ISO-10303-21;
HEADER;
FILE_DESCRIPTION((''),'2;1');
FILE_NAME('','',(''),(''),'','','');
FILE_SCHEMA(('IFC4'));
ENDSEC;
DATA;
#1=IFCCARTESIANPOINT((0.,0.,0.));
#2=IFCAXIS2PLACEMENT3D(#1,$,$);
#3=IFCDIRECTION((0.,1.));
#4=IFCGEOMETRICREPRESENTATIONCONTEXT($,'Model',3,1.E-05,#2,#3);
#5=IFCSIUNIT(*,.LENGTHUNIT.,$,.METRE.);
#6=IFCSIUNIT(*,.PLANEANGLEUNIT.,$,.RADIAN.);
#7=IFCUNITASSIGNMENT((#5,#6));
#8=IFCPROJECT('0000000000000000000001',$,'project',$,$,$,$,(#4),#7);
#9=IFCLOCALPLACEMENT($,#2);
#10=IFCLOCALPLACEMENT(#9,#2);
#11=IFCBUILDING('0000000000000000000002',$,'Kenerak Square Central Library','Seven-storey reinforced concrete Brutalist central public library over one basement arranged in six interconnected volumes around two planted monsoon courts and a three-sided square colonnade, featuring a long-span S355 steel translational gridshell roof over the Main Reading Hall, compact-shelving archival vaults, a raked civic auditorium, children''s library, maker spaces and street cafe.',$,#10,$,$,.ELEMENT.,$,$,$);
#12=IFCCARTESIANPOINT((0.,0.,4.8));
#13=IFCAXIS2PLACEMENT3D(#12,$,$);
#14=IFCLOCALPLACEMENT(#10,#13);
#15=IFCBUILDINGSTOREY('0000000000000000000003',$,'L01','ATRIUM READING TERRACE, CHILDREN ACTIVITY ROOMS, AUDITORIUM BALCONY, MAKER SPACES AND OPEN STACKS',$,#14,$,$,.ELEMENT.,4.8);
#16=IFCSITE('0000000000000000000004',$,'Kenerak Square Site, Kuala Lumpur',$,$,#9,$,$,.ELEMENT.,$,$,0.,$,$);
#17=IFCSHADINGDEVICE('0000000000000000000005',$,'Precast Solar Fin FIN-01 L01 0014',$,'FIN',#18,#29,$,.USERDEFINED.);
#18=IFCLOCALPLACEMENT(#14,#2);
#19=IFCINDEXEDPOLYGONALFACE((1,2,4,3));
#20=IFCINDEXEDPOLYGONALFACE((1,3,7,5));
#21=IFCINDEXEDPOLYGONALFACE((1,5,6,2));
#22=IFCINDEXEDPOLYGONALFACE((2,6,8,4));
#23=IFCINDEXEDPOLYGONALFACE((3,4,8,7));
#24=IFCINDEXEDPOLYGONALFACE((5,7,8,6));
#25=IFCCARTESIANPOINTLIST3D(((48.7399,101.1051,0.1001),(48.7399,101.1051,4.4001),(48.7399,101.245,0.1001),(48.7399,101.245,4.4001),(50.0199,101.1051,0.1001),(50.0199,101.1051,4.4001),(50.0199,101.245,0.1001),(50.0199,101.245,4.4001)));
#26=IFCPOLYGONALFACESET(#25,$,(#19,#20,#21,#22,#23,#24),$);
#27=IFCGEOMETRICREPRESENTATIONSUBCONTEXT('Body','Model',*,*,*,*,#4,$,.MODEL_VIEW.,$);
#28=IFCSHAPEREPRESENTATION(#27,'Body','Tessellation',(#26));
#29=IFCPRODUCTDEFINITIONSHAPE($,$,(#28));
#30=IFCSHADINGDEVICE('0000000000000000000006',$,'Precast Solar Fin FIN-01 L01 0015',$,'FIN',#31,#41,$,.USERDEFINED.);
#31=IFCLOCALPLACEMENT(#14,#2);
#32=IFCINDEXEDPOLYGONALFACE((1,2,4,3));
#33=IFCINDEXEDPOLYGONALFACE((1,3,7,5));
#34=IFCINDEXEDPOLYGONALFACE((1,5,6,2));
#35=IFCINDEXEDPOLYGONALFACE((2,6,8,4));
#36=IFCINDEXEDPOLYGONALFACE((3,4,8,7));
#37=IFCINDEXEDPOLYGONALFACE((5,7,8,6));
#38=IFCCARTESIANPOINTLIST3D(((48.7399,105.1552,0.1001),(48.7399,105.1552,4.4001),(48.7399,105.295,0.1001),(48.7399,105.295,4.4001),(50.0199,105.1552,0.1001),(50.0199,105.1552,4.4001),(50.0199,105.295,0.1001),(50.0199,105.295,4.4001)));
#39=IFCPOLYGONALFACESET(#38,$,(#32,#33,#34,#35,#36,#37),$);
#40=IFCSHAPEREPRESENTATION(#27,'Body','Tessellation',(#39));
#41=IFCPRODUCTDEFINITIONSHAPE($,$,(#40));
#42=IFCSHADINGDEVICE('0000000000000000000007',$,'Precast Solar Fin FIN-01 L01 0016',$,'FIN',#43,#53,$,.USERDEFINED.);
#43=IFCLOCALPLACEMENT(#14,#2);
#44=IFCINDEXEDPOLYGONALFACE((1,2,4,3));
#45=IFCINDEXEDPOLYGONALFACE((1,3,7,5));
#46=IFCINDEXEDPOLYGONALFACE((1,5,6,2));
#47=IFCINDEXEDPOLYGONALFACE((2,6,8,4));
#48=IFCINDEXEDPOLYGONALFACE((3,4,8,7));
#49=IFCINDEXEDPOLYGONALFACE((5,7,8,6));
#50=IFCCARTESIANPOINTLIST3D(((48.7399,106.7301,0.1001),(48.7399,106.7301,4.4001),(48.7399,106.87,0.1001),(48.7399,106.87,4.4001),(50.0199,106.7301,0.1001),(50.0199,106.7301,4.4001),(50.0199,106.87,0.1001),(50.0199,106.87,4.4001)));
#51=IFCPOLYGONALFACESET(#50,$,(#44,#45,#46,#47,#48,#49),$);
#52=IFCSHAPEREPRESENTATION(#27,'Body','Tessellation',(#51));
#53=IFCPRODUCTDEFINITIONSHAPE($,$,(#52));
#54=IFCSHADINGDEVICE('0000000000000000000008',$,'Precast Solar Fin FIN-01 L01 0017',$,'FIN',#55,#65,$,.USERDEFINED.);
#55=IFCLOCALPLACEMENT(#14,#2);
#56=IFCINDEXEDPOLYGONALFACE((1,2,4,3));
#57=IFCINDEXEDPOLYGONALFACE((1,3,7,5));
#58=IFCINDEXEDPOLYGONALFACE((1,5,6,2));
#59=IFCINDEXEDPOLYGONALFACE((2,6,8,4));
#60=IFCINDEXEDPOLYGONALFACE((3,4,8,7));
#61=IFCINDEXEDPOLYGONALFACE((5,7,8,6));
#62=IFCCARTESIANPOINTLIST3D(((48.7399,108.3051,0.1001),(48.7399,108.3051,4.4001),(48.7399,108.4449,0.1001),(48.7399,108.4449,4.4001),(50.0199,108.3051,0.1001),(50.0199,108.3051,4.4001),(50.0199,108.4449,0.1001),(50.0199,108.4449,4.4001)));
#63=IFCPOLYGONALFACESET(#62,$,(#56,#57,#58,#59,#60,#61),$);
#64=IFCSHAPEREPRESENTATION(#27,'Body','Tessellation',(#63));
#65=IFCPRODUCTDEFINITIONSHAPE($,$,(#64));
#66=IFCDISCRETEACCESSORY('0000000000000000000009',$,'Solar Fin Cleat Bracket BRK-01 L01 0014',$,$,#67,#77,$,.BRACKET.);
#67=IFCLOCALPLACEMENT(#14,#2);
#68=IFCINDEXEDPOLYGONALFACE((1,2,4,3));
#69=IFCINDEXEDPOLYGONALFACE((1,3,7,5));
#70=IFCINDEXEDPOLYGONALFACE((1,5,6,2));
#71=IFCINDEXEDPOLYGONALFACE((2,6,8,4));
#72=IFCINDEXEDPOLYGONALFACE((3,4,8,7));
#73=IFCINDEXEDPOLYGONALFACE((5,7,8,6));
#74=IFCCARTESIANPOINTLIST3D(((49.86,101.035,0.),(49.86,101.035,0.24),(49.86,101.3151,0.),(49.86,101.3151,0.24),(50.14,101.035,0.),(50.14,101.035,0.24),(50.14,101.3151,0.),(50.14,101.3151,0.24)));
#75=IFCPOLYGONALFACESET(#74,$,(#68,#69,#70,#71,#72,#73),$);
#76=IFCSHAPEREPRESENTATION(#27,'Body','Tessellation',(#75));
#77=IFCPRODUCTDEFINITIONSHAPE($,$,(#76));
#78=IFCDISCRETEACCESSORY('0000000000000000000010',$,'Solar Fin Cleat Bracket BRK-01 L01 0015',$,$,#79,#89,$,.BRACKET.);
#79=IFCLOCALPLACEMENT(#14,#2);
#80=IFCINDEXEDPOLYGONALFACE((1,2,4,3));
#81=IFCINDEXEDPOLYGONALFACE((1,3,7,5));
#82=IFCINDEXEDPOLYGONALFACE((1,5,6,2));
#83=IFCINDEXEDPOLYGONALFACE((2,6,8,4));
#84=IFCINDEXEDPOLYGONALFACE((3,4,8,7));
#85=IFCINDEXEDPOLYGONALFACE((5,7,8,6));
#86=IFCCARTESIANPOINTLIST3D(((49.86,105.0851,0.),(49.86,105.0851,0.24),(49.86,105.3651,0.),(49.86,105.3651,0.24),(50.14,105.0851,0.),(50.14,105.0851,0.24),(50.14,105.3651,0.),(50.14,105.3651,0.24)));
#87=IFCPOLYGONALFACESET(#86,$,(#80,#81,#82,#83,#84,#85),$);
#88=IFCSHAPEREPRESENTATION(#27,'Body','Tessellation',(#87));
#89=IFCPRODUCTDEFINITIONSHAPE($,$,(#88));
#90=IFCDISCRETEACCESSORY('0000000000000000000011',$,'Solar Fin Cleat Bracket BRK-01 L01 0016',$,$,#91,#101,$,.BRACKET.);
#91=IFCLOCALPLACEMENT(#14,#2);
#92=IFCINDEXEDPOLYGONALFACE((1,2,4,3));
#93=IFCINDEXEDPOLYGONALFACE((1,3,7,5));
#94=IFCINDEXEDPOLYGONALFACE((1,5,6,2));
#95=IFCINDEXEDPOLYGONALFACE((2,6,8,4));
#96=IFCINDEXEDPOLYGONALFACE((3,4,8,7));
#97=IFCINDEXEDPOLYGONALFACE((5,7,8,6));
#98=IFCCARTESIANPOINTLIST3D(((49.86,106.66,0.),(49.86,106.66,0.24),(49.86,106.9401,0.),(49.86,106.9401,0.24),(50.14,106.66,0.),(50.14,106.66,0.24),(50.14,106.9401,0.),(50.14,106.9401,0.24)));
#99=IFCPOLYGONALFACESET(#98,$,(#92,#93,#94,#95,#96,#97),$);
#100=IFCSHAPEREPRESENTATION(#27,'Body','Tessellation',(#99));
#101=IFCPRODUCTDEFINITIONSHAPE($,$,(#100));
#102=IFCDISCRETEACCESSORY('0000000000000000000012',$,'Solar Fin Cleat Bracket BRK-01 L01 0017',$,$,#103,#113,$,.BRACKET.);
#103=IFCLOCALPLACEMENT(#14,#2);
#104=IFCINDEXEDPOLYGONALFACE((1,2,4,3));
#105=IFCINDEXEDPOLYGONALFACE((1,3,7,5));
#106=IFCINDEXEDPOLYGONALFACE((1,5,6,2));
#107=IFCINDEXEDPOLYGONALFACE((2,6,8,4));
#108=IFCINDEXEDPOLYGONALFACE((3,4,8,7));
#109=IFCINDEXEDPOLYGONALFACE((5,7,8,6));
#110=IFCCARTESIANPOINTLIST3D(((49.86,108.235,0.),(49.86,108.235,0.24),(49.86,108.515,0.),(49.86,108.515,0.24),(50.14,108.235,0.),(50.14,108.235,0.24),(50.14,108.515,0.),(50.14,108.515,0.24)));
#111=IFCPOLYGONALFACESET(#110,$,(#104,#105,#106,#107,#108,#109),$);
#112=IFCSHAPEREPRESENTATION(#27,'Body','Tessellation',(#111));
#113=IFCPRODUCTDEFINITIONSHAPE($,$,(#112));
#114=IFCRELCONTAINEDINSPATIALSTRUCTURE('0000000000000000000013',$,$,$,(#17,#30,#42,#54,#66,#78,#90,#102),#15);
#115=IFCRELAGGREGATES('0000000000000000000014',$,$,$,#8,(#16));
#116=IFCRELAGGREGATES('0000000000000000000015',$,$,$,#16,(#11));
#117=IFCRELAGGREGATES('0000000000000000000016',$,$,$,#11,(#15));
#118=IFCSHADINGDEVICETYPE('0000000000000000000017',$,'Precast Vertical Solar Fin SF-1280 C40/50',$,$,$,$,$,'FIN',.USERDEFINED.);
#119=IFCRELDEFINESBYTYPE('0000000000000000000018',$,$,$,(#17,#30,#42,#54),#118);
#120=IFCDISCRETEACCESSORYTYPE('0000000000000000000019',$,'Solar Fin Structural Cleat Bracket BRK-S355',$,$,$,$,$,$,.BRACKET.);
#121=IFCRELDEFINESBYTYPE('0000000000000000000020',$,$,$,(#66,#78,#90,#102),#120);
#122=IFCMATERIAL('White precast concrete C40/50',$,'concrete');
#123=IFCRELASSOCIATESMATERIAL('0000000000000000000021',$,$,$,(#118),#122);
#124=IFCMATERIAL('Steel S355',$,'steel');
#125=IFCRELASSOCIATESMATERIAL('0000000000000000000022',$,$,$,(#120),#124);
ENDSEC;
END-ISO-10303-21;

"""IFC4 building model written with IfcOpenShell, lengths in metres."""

from ifc_helpers import new_model, si_unit, direction, frame, origin, origin_2d, place, context, subcontext, project, spatial, rectangle, extrude, material, type_object, element, save


model = new_model("IFC4")

# Units and contexts
model_context = context("Model", 3, precision=1e-05, world=origin(), true_north=direction((0.0, 1.0)))
body_context = subcontext(model_context, "Body", "Model", "MODEL_VIEW")
ifc_project = project(units=[si_unit("LENGTHUNIT", "METRE"), si_unit("PLANEANGLEUNIT", "RADIAN")], contexts=[model_context])

# Site, building, storey
site_placement = place(None, origin())
site = spatial("IfcSite", under=ifc_project, at=site_placement, Name="Kenerak Square Site, Kuala Lumpur", CompositionType="ELEMENT", RefElevation=0.0)
building_placement = place(site_placement, origin())
building = spatial("IfcBuilding", under=site, at=building_placement, Name="Kenerak Square Central Library", Description="Seven-storey reinforced concrete Brutalist central public library over one basement arranged in six interconnected volumes around two planted monsoon courts and a three-sided square colonnade, featuring a long-span S355 steel translational gridshell roof over the Main Reading Hall, compact-shelving archival vaults, a raked civic auditorium, children's library, maker spaces and street cafe.", CompositionType="ELEMENT")
storey_placement = place(building_placement, frame((0.0, 0.0, 4.8)))
storey = spatial("IfcBuildingStorey", under=building, at=storey_placement, Name="L01", Description="ATRIUM READING TERRACE, CHILDREN ACTIVITY ROOMS, AUDITORIUM BALCONY, MAKER SPACES AND OPEN STACKS", CompositionType="ELEMENT", Elevation=4.8)

# Shading devices
ifc_material_1 = material(Name="White precast concrete C40/50", Category="concrete")
shading_device_type = type_object("IfcShadingDeviceType", Name="Precast Vertical Solar Fin SF-1280 C40/50", ElementType="FIN", PredefinedType="USERDEFINED", material=ifc_material_1)
for number, where, z_axis, x_axis, name in (
    (1, (49.3799, 101.175, 0.1001), (0.0, 0.0, 1.0), (0.0, 1.0, 0.0), "Precast Solar Fin FIN-01 L01 0014"),
    (2, (49.3799, 105.2251, 0.1001), (0.0, 0.0, 1.0), (0.0, 1.0, 0.0), "Precast Solar Fin FIN-01 L01 0015"),
    (3, (49.3799, 106.8, 0.1001), (0.0, 0.0, 1.0), (0.0, 1.0, 0.0), "Precast Solar Fin FIN-01 L01 0016"),
    (4, (49.3799, 108.375, 0.1001), (0.0, 0.0, 1.0), (0.0, 1.0, 0.0), "Precast Solar Fin FIN-01 L01 0017"),
):
    element("IfcShadingDevice", number, at=place(storey_placement, frame(where, z_axis=z_axis, x_axis=x_axis)), inside=storey, type_object=shading_device_type, Name=name, ObjectType="FIN", PredefinedType="USERDEFINED", context=body_context, shape_type="SweptSolid", body=[
        extrude(rectangle(XDim=0.1399, YDim=1.28, at=origin_2d()), origin(), (0.0, 0.0, 1.0), 4.3),
    ])

# Discrete accessories
ifc_material_2 = material(Name="Steel S355", Category="steel")
discrete_accessory_type = type_object("IfcDiscreteAccessoryType", Name="Solar Fin Structural Cleat Bracket BRK-S355", PredefinedType="BRACKET", material=ifc_material_2)
for number, where, z_axis, x_axis, name in (
    (5, (50.0, 101.175, 0.0), (0.0, 0.0, 1.0), (0.0, 1.0, 0.0), "Solar Fin Cleat Bracket BRK-01 L01 0014"),
    (6, (50.0, 105.2251, 0.0), (0.0, 0.0, 1.0), (0.0, 1.0, 0.0), "Solar Fin Cleat Bracket BRK-01 L01 0015"),
    (7, (50.0, 106.8, 0.0), (0.0, 0.0, 1.0), (0.0, 1.0, 0.0), "Solar Fin Cleat Bracket BRK-01 L01 0016"),
    (8, (50.0, 108.375, 0.0), (0.0, 0.0, 1.0), (0.0, 1.0, 0.0), "Solar Fin Cleat Bracket BRK-01 L01 0017"),
):
    element("IfcDiscreteAccessory", number, at=place(storey_placement, frame(where, z_axis=z_axis, x_axis=x_axis)), inside=storey, type_object=discrete_accessory_type, Name=name, PredefinedType="BRACKET", context=body_context, shape_type="SweptSolid", body=[
        extrude(rectangle(XDim=0.28, YDim=0.28, at=origin_2d()), origin(), (0.0, 0.0, 1.0), 0.24),
    ])

save(model, "model.ifc")
